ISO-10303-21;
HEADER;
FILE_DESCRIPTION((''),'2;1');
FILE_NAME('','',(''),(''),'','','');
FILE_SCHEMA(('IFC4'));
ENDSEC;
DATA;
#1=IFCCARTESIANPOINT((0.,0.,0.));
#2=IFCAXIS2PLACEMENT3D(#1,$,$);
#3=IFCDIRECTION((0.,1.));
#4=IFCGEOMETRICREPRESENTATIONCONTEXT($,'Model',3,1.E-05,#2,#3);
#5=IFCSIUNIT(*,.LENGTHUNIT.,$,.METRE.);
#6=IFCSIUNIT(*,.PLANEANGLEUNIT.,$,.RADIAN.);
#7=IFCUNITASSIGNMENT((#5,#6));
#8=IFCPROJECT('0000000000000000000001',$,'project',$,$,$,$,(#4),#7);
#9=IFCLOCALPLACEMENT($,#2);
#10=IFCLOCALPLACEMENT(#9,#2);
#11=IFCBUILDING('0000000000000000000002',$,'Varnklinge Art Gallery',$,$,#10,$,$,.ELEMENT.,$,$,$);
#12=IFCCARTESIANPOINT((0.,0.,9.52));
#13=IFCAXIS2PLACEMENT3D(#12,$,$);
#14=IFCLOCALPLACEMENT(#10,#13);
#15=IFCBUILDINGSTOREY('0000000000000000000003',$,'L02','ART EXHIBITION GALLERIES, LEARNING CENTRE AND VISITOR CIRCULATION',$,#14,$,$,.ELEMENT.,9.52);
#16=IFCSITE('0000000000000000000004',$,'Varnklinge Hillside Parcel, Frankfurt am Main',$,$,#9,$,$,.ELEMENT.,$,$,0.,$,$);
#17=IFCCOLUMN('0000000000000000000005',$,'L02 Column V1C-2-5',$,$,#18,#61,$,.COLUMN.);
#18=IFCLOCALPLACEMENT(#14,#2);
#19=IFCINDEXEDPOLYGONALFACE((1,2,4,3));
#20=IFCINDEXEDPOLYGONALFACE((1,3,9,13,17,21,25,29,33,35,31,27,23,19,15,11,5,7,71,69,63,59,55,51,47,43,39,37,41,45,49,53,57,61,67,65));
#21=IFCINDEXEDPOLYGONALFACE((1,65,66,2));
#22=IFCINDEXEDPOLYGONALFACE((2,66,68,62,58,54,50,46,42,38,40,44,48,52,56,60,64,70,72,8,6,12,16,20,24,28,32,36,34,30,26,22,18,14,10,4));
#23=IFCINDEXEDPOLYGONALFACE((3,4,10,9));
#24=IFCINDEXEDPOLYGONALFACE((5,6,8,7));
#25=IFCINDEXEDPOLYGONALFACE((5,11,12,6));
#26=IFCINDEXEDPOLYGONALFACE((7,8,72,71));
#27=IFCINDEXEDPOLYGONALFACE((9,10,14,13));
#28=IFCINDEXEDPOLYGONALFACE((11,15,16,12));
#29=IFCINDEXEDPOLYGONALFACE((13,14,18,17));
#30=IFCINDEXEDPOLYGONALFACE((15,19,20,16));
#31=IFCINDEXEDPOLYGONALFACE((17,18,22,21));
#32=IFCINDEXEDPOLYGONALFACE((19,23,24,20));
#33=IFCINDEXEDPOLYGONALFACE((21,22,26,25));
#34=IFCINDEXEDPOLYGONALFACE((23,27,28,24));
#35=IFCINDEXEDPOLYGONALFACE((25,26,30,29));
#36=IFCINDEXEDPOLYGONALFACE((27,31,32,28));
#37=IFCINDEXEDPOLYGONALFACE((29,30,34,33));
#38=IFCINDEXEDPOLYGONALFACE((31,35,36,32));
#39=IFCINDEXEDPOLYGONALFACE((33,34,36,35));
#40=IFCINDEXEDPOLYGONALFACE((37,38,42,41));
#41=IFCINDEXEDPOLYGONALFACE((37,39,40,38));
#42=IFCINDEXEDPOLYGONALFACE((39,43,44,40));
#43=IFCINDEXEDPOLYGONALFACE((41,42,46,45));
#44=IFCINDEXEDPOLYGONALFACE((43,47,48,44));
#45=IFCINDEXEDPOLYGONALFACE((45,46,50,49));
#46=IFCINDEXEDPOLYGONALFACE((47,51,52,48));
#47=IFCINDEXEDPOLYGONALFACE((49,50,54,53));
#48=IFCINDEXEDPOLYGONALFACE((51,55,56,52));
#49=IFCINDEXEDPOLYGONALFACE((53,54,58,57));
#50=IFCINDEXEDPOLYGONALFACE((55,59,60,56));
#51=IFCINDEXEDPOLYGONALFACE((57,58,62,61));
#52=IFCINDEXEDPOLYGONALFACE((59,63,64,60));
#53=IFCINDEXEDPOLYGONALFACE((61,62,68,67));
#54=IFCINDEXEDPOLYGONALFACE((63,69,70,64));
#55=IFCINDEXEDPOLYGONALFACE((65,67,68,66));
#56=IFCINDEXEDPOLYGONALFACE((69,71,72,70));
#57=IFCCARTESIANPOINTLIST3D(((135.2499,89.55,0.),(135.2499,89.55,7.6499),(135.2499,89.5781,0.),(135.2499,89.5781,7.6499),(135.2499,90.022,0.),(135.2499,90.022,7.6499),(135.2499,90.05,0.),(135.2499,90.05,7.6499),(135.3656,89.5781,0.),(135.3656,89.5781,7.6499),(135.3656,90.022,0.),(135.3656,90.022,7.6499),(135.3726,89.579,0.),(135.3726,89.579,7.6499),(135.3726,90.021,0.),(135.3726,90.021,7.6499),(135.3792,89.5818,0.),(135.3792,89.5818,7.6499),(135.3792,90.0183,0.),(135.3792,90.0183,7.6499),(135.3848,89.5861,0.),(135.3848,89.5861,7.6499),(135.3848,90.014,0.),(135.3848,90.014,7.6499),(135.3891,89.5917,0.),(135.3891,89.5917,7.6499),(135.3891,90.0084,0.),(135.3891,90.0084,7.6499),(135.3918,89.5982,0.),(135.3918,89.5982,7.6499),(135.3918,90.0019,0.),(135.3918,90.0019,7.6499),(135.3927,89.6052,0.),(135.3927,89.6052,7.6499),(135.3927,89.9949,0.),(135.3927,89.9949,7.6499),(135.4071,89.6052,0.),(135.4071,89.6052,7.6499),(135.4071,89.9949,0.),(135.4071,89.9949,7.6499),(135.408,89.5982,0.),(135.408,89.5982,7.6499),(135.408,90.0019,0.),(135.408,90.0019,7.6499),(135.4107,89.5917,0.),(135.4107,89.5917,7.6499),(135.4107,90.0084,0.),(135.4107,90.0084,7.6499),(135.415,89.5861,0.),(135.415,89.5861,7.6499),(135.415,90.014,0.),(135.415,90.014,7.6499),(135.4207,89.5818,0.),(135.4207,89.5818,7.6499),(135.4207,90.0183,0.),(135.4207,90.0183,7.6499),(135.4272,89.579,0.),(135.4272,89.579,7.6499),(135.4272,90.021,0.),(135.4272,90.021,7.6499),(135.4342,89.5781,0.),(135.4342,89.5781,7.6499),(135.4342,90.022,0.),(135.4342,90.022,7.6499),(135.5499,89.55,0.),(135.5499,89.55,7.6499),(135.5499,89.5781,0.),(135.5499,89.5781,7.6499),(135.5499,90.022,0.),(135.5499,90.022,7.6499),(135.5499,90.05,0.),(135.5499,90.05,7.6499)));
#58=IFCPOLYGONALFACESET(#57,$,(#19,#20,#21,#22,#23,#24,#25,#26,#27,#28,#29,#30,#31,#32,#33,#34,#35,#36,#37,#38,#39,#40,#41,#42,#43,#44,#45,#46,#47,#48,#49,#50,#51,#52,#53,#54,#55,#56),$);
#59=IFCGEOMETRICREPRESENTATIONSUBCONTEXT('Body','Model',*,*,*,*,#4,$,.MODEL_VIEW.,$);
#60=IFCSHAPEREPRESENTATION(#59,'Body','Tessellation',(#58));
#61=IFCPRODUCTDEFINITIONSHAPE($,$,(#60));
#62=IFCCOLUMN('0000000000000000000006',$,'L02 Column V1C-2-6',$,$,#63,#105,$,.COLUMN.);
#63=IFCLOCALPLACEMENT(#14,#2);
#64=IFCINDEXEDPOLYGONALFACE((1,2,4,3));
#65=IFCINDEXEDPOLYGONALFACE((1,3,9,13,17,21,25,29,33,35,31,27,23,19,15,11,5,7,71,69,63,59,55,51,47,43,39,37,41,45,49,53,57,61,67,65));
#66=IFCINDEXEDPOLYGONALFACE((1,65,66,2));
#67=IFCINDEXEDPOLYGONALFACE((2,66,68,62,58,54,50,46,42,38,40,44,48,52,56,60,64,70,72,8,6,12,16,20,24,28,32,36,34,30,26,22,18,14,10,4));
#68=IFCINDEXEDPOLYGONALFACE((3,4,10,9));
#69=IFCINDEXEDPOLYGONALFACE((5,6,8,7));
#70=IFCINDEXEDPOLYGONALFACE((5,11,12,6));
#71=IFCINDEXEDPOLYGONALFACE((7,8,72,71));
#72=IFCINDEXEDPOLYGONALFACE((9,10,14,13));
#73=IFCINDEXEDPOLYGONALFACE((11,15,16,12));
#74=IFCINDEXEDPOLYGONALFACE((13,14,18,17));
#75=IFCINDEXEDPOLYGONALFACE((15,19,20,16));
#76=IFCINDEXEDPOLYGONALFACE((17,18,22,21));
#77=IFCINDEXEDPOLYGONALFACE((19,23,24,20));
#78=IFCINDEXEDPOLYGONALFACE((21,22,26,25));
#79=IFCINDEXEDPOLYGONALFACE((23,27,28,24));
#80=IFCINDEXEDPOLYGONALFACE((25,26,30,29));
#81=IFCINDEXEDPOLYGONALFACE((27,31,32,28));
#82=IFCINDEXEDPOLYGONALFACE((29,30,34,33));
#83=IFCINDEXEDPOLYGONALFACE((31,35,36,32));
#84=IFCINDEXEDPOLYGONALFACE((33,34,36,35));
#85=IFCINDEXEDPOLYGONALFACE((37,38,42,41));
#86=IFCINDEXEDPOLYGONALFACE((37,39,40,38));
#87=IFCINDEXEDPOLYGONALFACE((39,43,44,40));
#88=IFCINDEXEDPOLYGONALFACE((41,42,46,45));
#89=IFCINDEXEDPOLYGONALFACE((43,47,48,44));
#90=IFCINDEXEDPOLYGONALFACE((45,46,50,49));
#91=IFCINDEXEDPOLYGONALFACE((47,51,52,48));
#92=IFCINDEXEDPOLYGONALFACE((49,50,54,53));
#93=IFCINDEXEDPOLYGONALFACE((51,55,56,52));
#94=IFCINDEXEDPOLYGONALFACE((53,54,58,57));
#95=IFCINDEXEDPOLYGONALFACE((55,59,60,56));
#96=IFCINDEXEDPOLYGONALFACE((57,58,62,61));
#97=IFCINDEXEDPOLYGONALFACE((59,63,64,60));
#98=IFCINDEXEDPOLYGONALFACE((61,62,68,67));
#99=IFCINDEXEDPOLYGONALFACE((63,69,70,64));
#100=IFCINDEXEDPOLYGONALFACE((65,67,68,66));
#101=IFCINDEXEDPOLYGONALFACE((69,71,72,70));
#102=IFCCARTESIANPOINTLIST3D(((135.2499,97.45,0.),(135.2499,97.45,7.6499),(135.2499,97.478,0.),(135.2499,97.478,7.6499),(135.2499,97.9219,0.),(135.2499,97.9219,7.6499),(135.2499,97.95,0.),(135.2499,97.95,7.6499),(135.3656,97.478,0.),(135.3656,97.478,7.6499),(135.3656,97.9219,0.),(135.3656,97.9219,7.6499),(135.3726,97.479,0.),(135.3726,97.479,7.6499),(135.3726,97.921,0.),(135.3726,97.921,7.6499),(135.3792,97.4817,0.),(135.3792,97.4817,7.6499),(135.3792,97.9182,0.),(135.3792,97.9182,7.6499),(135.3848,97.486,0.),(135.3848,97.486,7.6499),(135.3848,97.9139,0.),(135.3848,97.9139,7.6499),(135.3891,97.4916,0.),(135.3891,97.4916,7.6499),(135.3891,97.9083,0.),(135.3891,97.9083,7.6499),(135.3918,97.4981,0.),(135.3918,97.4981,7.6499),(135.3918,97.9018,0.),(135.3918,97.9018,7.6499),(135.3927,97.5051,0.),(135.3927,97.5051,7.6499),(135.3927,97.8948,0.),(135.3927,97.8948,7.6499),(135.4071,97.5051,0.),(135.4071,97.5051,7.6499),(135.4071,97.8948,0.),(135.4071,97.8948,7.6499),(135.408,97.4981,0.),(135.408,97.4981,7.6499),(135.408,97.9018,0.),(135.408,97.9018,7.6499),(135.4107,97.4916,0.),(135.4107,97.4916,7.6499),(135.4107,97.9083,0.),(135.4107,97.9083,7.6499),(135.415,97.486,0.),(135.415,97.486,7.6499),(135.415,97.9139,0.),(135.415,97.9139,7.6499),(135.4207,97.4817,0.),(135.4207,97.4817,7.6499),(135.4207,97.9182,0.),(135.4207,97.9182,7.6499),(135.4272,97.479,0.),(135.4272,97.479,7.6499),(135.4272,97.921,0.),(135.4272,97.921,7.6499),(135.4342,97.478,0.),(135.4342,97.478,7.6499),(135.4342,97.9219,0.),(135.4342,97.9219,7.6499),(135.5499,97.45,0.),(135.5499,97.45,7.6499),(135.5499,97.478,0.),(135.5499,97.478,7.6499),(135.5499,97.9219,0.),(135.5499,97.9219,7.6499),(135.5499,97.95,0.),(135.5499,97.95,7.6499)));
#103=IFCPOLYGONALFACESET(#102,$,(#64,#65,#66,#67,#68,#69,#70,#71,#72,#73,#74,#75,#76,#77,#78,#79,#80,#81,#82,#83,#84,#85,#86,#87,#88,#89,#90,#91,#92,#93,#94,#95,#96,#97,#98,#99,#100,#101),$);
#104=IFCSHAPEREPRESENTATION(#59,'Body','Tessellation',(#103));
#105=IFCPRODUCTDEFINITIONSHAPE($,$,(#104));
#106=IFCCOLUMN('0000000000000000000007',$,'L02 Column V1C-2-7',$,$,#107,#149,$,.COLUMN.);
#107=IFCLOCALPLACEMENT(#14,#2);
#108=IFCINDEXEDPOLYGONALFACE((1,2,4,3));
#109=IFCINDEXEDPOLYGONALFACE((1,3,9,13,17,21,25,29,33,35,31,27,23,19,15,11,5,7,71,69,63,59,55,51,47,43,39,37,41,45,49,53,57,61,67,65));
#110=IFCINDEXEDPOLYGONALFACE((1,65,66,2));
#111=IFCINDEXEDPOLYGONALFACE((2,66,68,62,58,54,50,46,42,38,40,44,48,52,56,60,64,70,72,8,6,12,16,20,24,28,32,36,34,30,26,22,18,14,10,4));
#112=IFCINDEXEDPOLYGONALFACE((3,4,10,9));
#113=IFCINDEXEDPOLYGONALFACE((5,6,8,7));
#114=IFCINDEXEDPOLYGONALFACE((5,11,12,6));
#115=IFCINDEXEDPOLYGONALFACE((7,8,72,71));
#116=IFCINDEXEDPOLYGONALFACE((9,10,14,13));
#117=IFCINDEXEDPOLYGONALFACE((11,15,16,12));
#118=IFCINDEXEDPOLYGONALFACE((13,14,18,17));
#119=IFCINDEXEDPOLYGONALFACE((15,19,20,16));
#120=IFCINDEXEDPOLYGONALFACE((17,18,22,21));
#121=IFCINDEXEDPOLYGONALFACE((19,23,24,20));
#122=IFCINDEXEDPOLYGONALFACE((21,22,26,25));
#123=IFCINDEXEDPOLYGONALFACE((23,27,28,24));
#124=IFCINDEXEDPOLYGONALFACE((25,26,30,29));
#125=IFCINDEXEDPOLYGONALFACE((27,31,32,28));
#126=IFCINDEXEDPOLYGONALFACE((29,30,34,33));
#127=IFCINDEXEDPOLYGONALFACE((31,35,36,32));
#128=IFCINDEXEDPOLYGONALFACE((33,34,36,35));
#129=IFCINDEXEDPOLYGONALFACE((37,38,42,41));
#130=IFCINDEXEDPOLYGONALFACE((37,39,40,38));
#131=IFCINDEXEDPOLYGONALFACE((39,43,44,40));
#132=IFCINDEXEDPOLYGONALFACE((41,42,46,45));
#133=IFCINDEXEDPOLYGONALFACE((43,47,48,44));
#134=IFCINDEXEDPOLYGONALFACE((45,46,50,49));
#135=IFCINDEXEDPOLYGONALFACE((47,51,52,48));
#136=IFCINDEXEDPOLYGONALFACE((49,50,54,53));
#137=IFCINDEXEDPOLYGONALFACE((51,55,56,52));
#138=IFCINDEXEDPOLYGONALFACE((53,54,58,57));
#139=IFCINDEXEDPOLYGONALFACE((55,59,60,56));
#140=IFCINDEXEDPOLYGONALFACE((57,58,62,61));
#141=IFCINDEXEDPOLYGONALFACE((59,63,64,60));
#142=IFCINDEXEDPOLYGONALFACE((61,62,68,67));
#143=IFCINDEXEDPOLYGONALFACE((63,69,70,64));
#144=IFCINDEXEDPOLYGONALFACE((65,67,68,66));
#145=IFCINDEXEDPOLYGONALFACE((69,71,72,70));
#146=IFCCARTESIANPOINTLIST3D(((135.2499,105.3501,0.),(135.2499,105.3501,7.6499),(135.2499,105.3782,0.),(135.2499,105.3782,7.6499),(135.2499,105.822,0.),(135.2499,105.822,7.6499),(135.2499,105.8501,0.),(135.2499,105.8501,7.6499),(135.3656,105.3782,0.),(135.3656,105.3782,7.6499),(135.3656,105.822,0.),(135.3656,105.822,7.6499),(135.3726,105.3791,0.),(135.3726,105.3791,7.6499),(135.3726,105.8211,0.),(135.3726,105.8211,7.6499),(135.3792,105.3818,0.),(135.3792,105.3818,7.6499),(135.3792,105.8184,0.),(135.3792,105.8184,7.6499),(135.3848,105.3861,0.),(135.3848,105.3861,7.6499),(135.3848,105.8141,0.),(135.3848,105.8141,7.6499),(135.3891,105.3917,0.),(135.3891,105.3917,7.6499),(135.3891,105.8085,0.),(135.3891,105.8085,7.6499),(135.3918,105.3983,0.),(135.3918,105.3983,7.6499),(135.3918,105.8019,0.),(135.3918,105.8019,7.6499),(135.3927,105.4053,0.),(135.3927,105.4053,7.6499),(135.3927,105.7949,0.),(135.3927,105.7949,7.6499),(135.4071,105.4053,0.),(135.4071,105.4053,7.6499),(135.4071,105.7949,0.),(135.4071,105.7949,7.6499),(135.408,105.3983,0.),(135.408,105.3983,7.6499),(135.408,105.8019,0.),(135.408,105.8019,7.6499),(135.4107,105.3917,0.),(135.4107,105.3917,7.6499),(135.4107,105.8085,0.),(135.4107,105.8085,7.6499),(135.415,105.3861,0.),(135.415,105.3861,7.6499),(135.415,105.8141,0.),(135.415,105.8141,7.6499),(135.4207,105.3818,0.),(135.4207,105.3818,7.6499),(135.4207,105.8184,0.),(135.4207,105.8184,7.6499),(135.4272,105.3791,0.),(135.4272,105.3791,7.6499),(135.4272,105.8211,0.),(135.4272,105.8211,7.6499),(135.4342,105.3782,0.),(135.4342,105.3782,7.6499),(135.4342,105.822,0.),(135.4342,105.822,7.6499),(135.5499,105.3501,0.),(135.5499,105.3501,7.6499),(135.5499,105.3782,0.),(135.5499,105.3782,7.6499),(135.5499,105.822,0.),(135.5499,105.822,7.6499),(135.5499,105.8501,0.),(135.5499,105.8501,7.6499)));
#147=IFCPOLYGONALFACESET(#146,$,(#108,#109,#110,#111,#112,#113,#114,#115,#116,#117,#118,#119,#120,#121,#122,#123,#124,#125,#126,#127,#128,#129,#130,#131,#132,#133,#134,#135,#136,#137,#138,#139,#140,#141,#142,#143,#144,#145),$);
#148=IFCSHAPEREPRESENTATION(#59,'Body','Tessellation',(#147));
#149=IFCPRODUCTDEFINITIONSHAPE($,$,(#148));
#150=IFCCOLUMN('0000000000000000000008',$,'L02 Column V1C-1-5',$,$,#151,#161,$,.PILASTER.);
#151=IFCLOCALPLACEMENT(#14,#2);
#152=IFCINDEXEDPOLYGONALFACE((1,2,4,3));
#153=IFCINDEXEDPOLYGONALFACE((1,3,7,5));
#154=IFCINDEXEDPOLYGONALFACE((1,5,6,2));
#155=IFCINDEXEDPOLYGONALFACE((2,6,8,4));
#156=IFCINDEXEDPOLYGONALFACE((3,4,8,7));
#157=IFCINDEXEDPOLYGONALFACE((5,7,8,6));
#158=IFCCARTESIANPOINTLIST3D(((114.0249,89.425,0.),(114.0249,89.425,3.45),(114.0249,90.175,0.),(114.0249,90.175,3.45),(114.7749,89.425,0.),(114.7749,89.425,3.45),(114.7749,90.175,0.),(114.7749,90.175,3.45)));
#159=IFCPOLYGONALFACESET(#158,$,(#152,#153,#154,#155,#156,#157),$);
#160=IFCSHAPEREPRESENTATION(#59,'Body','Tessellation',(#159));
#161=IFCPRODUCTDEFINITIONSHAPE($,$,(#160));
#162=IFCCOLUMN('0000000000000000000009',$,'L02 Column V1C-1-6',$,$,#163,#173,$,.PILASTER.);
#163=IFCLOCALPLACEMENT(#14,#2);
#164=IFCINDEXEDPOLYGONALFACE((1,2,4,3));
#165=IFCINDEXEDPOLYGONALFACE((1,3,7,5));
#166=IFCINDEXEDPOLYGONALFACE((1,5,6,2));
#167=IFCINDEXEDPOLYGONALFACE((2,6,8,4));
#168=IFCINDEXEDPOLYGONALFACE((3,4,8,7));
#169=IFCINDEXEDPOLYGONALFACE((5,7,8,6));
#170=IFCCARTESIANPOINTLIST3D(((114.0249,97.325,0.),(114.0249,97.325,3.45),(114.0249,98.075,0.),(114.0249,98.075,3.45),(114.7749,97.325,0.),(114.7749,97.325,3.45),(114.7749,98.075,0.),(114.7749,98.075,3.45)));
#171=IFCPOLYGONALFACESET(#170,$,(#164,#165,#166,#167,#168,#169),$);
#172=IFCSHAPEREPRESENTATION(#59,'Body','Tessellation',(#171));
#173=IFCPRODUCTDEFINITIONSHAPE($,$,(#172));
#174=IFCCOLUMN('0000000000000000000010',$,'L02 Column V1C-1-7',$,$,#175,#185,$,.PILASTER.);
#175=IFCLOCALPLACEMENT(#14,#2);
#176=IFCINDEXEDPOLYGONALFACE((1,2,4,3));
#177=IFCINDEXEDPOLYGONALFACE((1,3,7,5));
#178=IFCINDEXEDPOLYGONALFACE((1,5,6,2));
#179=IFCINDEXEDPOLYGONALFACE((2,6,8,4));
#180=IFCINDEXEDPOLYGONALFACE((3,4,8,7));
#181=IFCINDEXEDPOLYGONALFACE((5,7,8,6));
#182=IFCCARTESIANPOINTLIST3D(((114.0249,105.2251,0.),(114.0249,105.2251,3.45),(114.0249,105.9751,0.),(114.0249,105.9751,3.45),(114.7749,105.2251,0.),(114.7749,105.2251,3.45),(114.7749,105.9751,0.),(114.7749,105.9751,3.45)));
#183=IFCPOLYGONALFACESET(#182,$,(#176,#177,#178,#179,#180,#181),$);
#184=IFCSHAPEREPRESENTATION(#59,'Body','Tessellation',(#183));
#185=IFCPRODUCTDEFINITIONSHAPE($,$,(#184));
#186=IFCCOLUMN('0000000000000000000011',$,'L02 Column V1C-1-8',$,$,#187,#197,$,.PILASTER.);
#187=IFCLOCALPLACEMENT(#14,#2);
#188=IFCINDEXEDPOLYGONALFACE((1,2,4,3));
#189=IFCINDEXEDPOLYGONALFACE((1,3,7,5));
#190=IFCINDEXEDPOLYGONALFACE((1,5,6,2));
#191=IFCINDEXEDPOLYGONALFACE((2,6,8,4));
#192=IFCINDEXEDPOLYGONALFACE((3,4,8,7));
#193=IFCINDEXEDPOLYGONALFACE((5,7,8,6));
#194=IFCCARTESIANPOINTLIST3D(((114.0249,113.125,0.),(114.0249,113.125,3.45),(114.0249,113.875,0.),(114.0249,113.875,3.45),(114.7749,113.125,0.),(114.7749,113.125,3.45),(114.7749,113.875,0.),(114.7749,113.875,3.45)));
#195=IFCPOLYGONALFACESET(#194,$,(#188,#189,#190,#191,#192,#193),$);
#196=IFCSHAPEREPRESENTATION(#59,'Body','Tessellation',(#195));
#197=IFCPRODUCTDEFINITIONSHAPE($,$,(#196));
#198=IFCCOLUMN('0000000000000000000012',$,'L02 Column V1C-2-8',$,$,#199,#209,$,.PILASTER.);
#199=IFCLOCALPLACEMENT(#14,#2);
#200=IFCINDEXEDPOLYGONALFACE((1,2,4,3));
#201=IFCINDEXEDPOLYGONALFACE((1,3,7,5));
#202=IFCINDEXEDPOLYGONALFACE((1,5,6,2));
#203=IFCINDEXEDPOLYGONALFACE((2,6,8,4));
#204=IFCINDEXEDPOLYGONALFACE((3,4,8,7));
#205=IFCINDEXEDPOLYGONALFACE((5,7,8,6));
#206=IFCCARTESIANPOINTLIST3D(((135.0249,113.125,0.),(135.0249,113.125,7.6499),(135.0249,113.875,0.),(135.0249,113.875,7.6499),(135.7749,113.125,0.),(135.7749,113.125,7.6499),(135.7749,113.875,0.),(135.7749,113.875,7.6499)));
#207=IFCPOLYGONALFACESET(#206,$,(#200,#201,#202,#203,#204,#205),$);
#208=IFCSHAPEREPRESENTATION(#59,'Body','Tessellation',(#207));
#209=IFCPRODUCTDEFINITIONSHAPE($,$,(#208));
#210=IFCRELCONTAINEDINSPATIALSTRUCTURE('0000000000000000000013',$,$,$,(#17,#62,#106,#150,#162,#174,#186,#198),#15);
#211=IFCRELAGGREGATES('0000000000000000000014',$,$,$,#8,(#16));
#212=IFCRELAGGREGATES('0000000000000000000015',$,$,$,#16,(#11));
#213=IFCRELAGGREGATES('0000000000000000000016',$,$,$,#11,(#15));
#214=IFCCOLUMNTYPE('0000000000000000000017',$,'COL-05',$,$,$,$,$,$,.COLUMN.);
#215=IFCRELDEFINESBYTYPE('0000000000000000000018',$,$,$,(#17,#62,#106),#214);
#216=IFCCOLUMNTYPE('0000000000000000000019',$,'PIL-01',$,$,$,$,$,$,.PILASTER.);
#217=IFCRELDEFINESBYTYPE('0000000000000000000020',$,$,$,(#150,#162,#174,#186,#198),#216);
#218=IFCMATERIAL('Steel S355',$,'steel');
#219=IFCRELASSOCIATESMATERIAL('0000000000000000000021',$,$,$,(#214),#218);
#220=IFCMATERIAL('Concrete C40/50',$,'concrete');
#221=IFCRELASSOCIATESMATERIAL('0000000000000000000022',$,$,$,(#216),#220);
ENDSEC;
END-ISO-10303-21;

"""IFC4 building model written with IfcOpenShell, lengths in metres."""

from ifc_helpers import new_model, si_unit, direction, frame, origin, origin_2d, place, context, subcontext, project, spatial, rectangle, i_section, extrude, material, material_profile, profile_set, type_object, element, save


model = new_model("IFC4")

# Units and contexts
model_context = context("Model", 3, precision=1e-05, world=origin(), true_north=direction((0.0, 1.0)))
body_context = subcontext(model_context, "Body", "Model", "MODEL_VIEW")
ifc_project = project(units=[si_unit("LENGTHUNIT", "METRE"), si_unit("PLANEANGLEUNIT", "RADIAN")], contexts=[model_context])

# Site, building, storey
site_placement = place(None, origin())
site = spatial("IfcSite", under=ifc_project, at=site_placement, Name="Varnklinge Hillside Parcel, Frankfurt am Main", CompositionType="ELEMENT", RefElevation=0.0)
building_placement = place(site_placement, origin())
building = spatial("IfcBuilding", under=site, at=building_placement, Name="Varnklinge Art Gallery", CompositionType="ELEMENT")
storey_placement = place(building_placement, frame((0.0, 0.0, 9.52)))
storey = spatial("IfcBuildingStorey", under=building, at=storey_placement, Name="L02", Description="ART EXHIBITION GALLERIES, LEARNING CENTRE AND VISITOR CIRCULATION", CompositionType="ELEMENT", Elevation=9.52)

# Columns
ifc_material_1 = material(Name="Steel S355", Category="steel")
ifc_material_profile_1 = material_profile(ifc_material_1, i_section(OverallWidth=0.3, OverallDepth=0.5, WebThickness=0.0144, FlangeThickness=0.0281, FilletRadius=0.0271, at=origin_2d()), Name="HEB 500")
ifc_profile_set_1 = profile_set([ifc_material_profile_1], Name="Steel S355")
column_type_1 = type_object("IfcColumnType", Name="COL-05", PredefinedType="COLUMN", material=ifc_profile_set_1)
for number, where, z_axis, x_axis, name in (
    (1, (135.3999, 89.8, 0.0), (0.0, 0.0, 1.0), (1.0, 0.0, 0.0), "L02 Column V1C-2-5"),
    (2, (135.3999, 97.7, 0.0), (0.0, 0.0, 1.0), (1.0, 0.0, 0.0), "L02 Column V1C-2-6"),
    (3, (135.3999, 105.6001, 0.0), (0.0, 0.0, 1.0), (1.0, 0.0, 0.0), "L02 Column V1C-2-7"),
):
    element("IfcColumn", number, at=place(storey_placement, frame(where, z_axis=z_axis, x_axis=x_axis)), inside=storey, type_object=column_type_1, Name=name, PredefinedType="COLUMN", context=body_context, shape_type="SweptSolid", body=[
        extrude(i_section(OverallWidth=0.3, OverallDepth=0.5, WebThickness=0.0144, FlangeThickness=0.0281, FilletRadius=0.0271, at=origin_2d()), origin(), (0.0, 0.0, 1.0), 7.6499),
    ])
ifc_material_2 = material(Name="Concrete C40/50", Category="concrete")
ifc_material_profile_2 = material_profile(ifc_material_2, rectangle(XDim=0.75, YDim=0.75, at=origin_2d()), Name="RC 750x750")
ifc_profile_set_2 = profile_set([ifc_material_profile_2], Name="Concrete C40/50")
column_type_2 = type_object("IfcColumnType", Name="PIL-01", PredefinedType="PILASTER", material=ifc_profile_set_2)
for number, where, z_axis, x_axis, name in (
    (4, (114.3999, 89.8, 0.0), (0.0, 0.0, 1.0), (1.0, 0.0, 0.0), "L02 Column V1C-1-5"),
    (5, (114.3999, 97.7, 0.0), (0.0, 0.0, 1.0), (1.0, 0.0, 0.0), "L02 Column V1C-1-6"),
    (6, (114.3999, 105.6001, 0.0), (0.0, 0.0, 1.0), (1.0, 0.0, 0.0), "L02 Column V1C-1-7"),
    (7, (114.3999, 113.5, 0.0), (0.0, 0.0, 1.0), (1.0, 0.0, 0.0), "L02 Column V1C-1-8"),
):
    element("IfcColumn", number, at=place(storey_placement, frame(where, z_axis=z_axis, x_axis=x_axis)), inside=storey, type_object=column_type_2, Name=name, PredefinedType="PILASTER", context=body_context, shape_type="SweptSolid", body=[
        extrude(rectangle(XDim=0.75, YDim=0.75, at=origin_2d()), origin(), (0.0, 0.0, 1.0), 3.45),
    ])
column_placement = place(storey_placement, frame((135.3999, 113.5, 0.0), z_axis=(0.0, 0.0, 1.0), x_axis=(1.0, 0.0, 0.0)))
element("IfcColumn", 8, at=column_placement, inside=storey, type_object=column_type_2, Name="L02 Column V1C-2-8", PredefinedType="PILASTER", context=body_context, shape_type="SweptSolid", body=[
    extrude(rectangle(XDim=0.75, YDim=0.75, at=origin_2d()), origin(), (0.0, 0.0, 1.0), 7.6499),
])

save(model, "model.ifc")
